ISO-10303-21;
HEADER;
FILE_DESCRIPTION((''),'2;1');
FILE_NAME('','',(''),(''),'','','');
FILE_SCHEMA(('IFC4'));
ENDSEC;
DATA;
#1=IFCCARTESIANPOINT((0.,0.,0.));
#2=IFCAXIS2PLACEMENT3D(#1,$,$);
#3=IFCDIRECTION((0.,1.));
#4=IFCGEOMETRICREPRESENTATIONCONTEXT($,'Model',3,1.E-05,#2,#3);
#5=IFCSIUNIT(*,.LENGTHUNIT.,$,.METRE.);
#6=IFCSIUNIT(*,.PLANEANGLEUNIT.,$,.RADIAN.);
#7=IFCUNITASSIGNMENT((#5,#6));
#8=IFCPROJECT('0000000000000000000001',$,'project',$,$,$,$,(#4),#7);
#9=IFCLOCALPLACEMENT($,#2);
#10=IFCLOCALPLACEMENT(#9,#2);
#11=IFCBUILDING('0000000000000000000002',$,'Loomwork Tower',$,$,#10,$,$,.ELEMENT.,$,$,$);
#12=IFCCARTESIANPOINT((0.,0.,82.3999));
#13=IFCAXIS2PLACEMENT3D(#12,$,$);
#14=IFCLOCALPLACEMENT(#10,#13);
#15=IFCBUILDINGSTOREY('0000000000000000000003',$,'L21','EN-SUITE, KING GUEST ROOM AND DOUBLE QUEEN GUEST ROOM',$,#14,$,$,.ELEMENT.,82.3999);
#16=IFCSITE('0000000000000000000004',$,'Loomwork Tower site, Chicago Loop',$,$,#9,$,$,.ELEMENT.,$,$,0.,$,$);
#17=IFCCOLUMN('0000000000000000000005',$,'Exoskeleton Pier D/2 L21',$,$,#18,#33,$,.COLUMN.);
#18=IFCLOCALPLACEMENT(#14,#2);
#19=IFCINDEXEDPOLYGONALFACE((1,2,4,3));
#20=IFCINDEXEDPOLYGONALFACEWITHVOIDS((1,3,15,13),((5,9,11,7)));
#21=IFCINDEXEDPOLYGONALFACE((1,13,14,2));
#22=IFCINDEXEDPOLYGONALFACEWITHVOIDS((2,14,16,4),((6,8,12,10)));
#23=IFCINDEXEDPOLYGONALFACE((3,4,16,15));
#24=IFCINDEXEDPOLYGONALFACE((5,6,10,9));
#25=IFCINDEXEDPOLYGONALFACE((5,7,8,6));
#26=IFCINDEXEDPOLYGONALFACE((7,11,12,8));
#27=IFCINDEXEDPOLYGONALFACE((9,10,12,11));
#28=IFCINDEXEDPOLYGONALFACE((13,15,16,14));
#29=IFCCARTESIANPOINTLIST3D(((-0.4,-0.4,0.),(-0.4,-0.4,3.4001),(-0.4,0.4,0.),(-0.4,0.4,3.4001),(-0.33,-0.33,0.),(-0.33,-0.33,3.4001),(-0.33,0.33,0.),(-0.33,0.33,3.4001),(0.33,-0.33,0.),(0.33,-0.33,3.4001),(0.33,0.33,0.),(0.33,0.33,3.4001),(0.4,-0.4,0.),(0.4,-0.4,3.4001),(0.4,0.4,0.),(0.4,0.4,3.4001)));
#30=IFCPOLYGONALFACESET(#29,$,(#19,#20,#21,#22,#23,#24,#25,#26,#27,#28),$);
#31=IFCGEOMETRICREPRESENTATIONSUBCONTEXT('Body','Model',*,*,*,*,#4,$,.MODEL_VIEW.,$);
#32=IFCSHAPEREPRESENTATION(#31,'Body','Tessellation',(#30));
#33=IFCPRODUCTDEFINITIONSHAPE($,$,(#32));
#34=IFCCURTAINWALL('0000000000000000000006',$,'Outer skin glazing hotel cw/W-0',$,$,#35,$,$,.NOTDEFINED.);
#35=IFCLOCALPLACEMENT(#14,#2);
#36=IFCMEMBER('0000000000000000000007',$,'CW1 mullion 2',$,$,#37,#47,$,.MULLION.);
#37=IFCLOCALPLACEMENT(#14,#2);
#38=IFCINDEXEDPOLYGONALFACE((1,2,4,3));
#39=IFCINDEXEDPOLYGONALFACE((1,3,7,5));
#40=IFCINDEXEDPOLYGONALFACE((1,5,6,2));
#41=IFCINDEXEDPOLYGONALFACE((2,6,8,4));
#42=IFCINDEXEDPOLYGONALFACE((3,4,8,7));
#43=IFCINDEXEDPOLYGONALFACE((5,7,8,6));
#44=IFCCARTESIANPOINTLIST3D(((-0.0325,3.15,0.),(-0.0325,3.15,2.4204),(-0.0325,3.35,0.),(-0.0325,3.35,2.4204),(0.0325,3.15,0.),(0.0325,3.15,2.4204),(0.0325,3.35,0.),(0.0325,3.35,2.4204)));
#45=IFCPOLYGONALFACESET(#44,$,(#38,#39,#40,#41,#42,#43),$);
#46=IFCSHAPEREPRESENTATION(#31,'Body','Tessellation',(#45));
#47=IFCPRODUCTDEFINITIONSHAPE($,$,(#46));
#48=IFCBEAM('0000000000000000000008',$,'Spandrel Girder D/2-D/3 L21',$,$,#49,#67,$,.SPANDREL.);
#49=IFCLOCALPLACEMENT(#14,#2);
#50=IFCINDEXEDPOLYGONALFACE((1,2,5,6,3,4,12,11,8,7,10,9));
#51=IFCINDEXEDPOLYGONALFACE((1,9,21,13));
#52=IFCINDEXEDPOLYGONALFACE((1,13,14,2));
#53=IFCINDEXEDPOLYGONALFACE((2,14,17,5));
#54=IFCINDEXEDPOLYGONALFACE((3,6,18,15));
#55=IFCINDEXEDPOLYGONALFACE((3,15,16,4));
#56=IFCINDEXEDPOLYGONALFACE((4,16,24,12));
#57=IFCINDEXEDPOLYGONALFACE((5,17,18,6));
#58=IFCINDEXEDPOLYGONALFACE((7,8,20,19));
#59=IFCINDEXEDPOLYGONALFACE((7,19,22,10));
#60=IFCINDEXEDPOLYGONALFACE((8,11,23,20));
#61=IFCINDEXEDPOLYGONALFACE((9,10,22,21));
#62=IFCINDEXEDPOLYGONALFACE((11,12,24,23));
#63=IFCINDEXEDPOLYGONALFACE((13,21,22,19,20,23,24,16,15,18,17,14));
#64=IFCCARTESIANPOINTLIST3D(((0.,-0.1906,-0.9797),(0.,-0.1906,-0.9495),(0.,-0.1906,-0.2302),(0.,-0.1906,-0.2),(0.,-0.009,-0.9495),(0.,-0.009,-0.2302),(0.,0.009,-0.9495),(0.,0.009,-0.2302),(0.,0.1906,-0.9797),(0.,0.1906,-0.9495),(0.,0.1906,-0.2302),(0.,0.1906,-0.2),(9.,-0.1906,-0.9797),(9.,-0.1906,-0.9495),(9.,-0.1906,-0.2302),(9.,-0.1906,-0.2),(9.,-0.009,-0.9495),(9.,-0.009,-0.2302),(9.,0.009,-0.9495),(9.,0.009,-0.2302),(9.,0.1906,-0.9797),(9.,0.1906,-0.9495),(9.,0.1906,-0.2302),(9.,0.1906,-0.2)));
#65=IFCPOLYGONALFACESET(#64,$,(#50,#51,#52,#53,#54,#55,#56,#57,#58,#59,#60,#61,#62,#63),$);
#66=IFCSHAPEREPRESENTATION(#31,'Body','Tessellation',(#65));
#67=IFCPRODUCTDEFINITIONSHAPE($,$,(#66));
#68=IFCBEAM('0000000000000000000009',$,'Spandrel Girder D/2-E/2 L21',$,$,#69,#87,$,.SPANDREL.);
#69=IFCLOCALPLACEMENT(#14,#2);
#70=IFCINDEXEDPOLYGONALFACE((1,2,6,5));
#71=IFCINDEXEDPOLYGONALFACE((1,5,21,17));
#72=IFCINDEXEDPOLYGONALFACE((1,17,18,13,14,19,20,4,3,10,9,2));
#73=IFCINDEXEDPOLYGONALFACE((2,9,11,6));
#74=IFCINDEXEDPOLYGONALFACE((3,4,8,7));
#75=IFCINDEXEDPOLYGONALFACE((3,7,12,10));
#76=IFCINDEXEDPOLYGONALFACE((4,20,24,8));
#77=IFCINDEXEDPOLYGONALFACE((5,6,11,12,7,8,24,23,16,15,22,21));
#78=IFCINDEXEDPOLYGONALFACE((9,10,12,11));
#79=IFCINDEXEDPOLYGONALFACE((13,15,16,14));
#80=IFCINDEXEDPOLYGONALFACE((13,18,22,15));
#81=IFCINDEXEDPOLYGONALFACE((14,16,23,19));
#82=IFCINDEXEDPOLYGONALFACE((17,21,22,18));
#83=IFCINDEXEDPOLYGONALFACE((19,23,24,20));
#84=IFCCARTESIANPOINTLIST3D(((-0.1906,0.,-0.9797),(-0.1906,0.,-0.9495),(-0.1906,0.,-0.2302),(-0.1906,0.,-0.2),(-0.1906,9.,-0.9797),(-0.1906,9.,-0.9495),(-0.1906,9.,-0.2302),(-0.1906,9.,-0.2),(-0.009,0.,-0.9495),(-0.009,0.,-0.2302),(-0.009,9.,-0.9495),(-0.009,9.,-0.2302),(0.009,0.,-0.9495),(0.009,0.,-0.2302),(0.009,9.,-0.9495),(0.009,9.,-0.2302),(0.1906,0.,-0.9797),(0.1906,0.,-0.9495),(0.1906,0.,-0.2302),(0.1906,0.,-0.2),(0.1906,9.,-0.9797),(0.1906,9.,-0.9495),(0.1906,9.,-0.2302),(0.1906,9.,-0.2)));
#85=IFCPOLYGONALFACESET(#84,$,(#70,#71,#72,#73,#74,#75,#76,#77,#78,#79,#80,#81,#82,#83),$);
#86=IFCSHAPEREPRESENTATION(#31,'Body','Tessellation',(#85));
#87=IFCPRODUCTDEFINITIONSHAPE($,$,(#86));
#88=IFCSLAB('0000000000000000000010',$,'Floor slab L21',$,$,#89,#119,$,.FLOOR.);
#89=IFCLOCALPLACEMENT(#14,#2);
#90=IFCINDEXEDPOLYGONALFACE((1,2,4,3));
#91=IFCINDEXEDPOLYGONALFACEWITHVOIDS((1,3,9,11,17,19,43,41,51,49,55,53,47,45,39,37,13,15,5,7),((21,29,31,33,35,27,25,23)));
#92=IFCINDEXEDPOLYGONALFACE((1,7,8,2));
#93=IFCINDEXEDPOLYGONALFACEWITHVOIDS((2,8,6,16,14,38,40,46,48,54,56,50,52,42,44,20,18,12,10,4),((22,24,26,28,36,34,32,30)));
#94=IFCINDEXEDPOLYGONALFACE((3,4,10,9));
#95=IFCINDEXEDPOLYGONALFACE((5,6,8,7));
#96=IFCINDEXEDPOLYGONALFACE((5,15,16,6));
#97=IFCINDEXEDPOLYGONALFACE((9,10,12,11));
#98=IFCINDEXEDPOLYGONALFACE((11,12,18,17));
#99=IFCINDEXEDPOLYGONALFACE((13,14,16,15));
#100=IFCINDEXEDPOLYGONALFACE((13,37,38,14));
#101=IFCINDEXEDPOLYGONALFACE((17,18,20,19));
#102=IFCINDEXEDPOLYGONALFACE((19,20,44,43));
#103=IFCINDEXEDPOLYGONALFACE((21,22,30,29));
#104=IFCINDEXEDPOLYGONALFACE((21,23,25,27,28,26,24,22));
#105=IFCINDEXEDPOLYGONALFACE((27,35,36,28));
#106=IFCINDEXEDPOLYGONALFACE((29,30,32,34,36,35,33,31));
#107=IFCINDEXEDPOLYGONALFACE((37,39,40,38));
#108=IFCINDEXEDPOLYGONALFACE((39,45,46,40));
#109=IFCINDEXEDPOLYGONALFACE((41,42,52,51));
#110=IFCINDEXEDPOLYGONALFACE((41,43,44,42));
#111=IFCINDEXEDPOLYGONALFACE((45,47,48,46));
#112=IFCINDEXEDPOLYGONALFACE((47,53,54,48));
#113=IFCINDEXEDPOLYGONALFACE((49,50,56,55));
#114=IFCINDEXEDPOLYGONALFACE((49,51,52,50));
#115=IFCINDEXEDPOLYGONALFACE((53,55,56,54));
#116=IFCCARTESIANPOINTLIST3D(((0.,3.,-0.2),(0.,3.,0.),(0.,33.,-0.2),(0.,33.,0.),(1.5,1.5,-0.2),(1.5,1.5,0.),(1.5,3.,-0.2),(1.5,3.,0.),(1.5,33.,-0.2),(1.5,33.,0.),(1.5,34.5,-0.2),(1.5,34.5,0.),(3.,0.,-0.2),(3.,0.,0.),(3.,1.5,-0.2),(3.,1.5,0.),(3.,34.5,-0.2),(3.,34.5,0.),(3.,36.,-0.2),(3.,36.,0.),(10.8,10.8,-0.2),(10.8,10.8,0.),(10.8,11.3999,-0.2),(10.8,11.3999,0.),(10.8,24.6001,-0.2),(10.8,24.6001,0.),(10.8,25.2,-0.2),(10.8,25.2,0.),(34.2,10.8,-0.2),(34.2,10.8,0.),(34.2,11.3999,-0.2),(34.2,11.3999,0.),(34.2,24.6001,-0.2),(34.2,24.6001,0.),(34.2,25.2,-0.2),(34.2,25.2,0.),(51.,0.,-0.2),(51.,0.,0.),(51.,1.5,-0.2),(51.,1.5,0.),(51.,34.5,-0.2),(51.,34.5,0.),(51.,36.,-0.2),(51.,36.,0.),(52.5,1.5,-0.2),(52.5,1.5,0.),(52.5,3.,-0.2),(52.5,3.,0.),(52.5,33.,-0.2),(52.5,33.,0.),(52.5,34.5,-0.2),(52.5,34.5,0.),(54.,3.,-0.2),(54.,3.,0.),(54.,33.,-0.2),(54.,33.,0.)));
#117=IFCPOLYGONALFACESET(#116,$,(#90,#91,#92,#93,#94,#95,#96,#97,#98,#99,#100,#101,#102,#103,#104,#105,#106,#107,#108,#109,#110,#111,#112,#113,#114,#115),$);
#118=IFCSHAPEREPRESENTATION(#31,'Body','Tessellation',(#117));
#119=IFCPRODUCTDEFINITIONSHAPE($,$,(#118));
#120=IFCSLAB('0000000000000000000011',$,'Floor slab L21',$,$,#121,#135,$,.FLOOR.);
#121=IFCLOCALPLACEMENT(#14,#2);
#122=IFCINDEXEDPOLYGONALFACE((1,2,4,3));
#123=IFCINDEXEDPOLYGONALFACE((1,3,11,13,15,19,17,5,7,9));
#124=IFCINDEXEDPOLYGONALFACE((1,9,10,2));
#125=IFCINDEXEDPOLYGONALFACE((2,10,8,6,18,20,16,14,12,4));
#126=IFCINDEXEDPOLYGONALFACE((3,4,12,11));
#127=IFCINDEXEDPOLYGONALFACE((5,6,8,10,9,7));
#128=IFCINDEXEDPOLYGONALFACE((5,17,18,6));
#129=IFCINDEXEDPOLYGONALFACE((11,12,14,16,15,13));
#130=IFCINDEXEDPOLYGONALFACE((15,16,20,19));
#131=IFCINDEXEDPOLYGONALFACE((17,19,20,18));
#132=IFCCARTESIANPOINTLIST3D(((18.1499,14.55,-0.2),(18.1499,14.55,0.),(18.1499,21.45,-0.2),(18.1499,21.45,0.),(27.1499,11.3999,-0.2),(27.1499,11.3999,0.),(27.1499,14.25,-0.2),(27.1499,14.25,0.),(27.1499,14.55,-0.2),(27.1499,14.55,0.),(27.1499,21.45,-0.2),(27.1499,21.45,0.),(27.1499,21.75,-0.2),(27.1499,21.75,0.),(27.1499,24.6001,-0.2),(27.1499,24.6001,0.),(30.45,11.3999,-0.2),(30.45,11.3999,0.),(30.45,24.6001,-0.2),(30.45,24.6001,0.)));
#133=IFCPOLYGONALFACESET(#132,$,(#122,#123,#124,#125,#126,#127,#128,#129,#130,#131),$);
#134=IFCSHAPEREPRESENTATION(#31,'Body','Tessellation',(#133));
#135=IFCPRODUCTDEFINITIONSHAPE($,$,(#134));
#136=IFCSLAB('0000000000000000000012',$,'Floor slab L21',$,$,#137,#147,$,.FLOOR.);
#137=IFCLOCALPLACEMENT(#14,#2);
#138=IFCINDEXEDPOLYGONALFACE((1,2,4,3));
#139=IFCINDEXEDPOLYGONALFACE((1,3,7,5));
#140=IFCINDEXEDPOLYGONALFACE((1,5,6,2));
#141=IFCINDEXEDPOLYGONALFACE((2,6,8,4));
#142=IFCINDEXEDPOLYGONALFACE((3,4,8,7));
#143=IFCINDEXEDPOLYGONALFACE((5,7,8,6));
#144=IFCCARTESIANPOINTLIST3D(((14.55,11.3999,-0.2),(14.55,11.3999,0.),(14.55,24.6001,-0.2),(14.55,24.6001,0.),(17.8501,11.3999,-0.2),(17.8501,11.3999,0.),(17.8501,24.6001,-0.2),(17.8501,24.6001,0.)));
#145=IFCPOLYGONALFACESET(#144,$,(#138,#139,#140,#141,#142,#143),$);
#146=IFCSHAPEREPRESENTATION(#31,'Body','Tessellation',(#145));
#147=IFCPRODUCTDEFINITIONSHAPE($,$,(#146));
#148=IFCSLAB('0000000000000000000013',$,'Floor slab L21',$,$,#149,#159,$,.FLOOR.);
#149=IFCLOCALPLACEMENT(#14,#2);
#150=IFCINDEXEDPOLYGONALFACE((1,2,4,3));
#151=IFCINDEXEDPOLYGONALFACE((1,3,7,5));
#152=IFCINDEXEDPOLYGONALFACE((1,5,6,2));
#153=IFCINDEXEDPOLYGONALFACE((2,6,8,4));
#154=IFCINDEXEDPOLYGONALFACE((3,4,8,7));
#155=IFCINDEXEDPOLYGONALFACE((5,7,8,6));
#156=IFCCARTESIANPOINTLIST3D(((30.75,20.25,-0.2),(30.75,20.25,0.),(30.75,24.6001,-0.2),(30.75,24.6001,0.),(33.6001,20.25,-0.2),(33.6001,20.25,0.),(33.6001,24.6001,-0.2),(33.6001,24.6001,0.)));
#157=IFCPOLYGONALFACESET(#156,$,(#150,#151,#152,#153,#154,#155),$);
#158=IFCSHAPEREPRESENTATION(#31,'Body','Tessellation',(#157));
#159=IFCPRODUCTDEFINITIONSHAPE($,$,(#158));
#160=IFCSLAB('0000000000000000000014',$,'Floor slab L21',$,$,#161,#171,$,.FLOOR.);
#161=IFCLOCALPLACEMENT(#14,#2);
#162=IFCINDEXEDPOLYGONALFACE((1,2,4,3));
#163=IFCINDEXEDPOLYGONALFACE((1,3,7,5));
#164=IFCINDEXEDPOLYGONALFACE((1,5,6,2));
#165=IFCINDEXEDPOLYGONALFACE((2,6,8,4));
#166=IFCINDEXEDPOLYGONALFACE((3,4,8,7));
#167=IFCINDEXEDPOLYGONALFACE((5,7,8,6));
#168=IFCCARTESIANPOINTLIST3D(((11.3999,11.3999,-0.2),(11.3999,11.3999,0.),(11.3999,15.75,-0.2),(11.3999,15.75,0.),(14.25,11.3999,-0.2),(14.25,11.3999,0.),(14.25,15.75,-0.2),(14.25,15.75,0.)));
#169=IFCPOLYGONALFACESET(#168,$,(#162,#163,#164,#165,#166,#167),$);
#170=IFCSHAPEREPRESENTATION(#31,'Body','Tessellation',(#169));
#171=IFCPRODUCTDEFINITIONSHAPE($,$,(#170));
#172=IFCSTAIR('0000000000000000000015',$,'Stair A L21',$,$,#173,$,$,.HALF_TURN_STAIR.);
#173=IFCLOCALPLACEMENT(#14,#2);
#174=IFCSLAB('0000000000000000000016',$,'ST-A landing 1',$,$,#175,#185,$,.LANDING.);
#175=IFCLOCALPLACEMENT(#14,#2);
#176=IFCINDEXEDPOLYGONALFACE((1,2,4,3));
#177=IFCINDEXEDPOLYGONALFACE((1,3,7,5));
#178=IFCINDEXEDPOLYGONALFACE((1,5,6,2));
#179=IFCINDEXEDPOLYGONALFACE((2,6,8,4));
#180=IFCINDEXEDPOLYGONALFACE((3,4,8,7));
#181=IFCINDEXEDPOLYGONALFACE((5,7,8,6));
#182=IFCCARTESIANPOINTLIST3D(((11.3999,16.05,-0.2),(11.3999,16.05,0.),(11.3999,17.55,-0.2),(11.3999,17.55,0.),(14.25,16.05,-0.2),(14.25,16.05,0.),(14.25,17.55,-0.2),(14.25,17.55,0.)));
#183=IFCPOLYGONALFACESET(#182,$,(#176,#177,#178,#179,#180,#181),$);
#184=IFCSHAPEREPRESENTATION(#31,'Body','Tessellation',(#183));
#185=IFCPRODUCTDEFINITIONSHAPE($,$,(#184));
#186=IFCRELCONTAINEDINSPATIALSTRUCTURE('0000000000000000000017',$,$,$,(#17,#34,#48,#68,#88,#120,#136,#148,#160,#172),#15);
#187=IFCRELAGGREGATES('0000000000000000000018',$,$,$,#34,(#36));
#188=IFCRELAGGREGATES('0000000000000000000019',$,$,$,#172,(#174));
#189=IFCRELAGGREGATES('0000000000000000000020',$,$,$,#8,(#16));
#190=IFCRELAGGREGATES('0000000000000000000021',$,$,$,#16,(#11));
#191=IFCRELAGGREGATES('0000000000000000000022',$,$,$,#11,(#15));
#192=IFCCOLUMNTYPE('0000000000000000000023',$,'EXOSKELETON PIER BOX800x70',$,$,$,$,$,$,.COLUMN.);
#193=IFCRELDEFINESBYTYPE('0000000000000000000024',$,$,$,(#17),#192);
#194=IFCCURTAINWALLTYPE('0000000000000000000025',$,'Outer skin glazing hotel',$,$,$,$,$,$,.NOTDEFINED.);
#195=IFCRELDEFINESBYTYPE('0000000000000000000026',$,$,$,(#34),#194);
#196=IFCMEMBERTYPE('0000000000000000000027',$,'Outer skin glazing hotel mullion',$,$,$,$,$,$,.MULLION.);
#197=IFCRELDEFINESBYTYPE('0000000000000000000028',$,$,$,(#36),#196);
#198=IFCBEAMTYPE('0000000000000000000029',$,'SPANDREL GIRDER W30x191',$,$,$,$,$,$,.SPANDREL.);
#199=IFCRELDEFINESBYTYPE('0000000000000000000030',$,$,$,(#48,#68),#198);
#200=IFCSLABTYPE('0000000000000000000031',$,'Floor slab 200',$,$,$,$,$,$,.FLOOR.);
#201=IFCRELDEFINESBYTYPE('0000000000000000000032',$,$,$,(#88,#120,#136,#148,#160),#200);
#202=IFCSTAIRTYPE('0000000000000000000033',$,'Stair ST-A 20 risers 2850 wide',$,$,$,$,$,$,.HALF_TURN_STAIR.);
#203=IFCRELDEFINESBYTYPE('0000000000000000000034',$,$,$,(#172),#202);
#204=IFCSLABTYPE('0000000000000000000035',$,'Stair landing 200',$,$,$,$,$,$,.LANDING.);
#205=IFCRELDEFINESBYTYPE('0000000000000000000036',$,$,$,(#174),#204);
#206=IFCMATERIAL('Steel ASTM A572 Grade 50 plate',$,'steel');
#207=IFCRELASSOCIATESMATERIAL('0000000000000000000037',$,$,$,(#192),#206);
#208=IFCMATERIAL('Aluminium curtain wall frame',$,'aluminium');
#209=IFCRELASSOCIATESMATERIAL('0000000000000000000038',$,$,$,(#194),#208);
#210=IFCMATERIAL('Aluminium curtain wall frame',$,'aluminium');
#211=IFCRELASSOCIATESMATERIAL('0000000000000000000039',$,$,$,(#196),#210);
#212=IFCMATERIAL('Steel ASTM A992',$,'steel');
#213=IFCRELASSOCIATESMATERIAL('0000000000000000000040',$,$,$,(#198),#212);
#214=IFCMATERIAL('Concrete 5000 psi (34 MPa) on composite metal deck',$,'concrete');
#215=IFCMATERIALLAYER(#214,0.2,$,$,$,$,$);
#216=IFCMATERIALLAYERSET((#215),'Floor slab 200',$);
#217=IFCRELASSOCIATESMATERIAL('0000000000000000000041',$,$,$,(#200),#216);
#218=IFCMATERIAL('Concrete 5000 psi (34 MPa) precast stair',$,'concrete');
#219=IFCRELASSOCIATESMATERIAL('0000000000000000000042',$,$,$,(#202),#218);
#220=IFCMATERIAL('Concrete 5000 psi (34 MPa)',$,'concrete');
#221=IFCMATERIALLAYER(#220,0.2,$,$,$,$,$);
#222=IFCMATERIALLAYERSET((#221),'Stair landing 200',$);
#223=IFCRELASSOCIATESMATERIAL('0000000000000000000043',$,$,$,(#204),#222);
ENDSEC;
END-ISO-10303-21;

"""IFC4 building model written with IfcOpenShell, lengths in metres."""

from ifc_helpers import new_model, si_unit, direction, frame, origin, origin_with_axes, origin_2d, place, context, subcontext, project, spatial, polyline, rectangle, hollow_rectangle, i_section, outline, extrude, material, layer, layer_set, material_profile, profile_set, type_object, element, aggregate, save


model = new_model("IFC4")

# Units and contexts
model_context = context("Model", 3, precision=1e-05, world=origin(), true_north=direction((0.0, 1.0)))
body_context = subcontext(model_context, "Body", "Model", "MODEL_VIEW")
ifc_project = project(units=[si_unit("LENGTHUNIT", "METRE"), si_unit("PLANEANGLEUNIT", "RADIAN")], contexts=[model_context])

# Site, building, storey
site_placement = place(None, origin())
site = spatial("IfcSite", under=ifc_project, at=site_placement, Name="Loomwork Tower site, Chicago Loop", CompositionType="ELEMENT", RefElevation=0.0)
building_placement = place(site_placement, origin())
building = spatial("IfcBuilding", under=site, at=building_placement, Name="Loomwork Tower", CompositionType="ELEMENT")
storey_placement = place(building_placement, frame((0.0, 0.0, 82.3999)))
storey = spatial("IfcBuildingStorey", under=building, at=storey_placement, Name="L21", Description="EN-SUITE, KING GUEST ROOM AND DOUBLE QUEEN GUEST ROOM", CompositionType="ELEMENT", Elevation=82.3999)

# Column
ifc_material_1 = material(Name="Steel ASTM A572 Grade 50 plate", Category="steel")
ifc_material_profile_1 = material_profile(ifc_material_1, hollow_rectangle(XDim=0.8, YDim=0.8, WallThickness=0.0701, at=origin_2d()), Name="BOX800x70")
ifc_profile_set_1 = profile_set([ifc_material_profile_1], Name="Steel ASTM A572 Grade 50 plate")
column_type = type_object("IfcColumnType", Name="EXOSKELETON PIER BOX800x70", PredefinedType="COLUMN", material=ifc_profile_set_1)
column_placement = place(storey_placement, origin_with_axes())
element("IfcColumn", 1, at=column_placement, inside=storey, type_object=column_type, Name="Exoskeleton Pier D/2 L21", PredefinedType="COLUMN", context=body_context, shape_type="SweptSolid", body=[
    extrude(hollow_rectangle(XDim=0.8, YDim=0.8, WallThickness=0.0701, at=origin_2d()), origin(), (0.0, 0.0, 1.0), 3.4001),
])

# Curtain wall, member
ifc_material_2 = material(Name="Aluminium curtain wall frame", Category="aluminium")
curtain_wall_type = type_object("IfcCurtainWallType", Name="Outer skin glazing hotel", PredefinedType="NOTDEFINED", material=ifc_material_2)
curtain_wall_placement = place(storey_placement, origin())
curtain_wall = element("IfcCurtainWall", 2, at=curtain_wall_placement, inside=storey, type_object=curtain_wall_type, Name="Outer skin glazing hotel cw/W-0", PredefinedType="NOTDEFINED")
ifc_material_3 = material(Name="Aluminium curtain wall frame", Category="aluminium")
ifc_material_profile_2 = material_profile(ifc_material_3, rectangle(XDim=0.0649, YDim=0.2, at=origin_2d()), Name="AL 65x200")
ifc_profile_set_2 = profile_set([ifc_material_profile_2], Name="Aluminium curtain wall frame")
member_type = type_object("IfcMemberType", Name="Outer skin glazing hotel mullion", PredefinedType="MULLION", material=ifc_profile_set_2)
member_placement = place(storey_placement, frame((0.0, 3.25, 0.0), z_axis=(0.0, 0.0, 1.0), x_axis=(1.0, 0.0, 0.0)))
member = element("IfcMember", 3, at=member_placement, type_object=member_type, Name="CW1 mullion 2", PredefinedType="MULLION", context=body_context, shape_type="SweptSolid", body=[
    extrude(rectangle(XDim=0.0649, YDim=0.2, at=origin_2d()), origin(), (0.0, 0.0, 1.0), 2.4204),
])
aggregate(curtain_wall, [member])

# Beams
ifc_material_4 = material(Name="Steel ASTM A992", Category="steel")
ifc_material_profile_3 = material_profile(ifc_material_4, i_section(OverallWidth=0.3811, OverallDepth=0.7798, WebThickness=0.0181, FlangeThickness=0.0303, at=origin_2d()), Name="W30x191")
ifc_profile_set_3 = profile_set([ifc_material_profile_3], Name="Steel ASTM A992")
beam_type = type_object("IfcBeamType", Name="SPANDREL GIRDER W30x191", PredefinedType="SPANDREL", material=ifc_profile_set_3)
for number, where, z_axis, x_axis, name in (
    (4, (0.0, 0.0, -0.5898), (1.0, 0.0, 0.0), (0.0, 1.0, 0.0), "Spandrel Girder D/2-D/3 L21"),
    (5, (0.0, 0.0, -0.5898), (0.0, 1.0, 0.0), (-1.0, 0.0, 0.0), "Spandrel Girder D/2-E/2 L21"),
):
    element("IfcBeam", number, at=place(storey_placement, frame(where, z_axis=z_axis, x_axis=x_axis)), inside=storey, type_object=beam_type, Name=name, PredefinedType="SPANDREL", context=body_context, shape_type="SweptSolid", body=[
        extrude(i_section(OverallWidth=0.3811, OverallDepth=0.7798, WebThickness=0.0181, FlangeThickness=0.0303, at=origin_2d()), origin(), (0.0, 0.0, 1.0), 9.0),
    ])

# Slabs
ifc_material_5 = material(Name="Concrete 5000 psi (34 MPa) on composite metal deck", Category="concrete")
ifc_layer_1 = layer(ifc_material_5, 0.2)
ifc_layer_set_1 = layer_set([ifc_layer_1], Name="Floor slab 200")
slab_type_1 = type_object("IfcSlabType", Name="Floor slab 200", PredefinedType="FLOOR", material=ifc_layer_set_1)
slab_1_placement = place(storey_placement, frame((0.0, 0.0, -0.2)))
element("IfcSlab", 6, at=slab_1_placement, inside=storey, type_object=slab_type_1, Name="Floor slab L21", PredefinedType="FLOOR", context=body_context, shape_type="SweptSolid", body=[
    extrude(outline(polyline([(3.0, 1.5), (1.5, 1.5), (1.5, 3.0), (0.0, 3.0), (0.0, 33.0), (1.5, 33.0), (1.5, 34.5), (3.0, 34.5), (3.0, 36.0), (51.0, 36.0), (51.0, 34.5), (52.5, 34.5), (52.5, 33.0), (54.0, 33.0), (54.0, 3.0), (52.5, 3.0), (52.5, 1.5), (51.0, 1.5), (51.0, 0.0), (3.0, 0.0), (3.0, 1.5)]), holes=[polyline([(10.8, 11.3999), (10.8, 11.3999), (10.8, 10.8), (34.2, 10.8), (34.2, 11.3999), (34.2, 11.3999), (34.2, 24.6001), (34.2, 25.2), (10.8, 25.2), (10.8, 24.6001), (10.8, 11.3999)])]), origin(), (0.0, 0.0, 1.0), 0.2),
])
slab_2_placement = place(storey_placement, frame((0.0, 0.0, -0.2)))
element("IfcSlab", 7, at=slab_2_placement, inside=storey, type_object=slab_type_1, Name="Floor slab L21", PredefinedType="FLOOR", context=body_context, shape_type="SweptSolid", body=[
    extrude(outline(polyline([(30.45, 24.6001), (30.45, 11.3999), (27.1499, 11.3999), (27.1499, 14.25), (27.1499, 14.55), (18.1499, 14.55), (18.1499, 21.45), (27.1499, 21.45), (27.1499, 21.75), (27.1499, 24.6001), (30.45, 24.6001)])), origin(), (0.0, 0.0, 1.0), 0.2),
])
slab_3_placement = place(storey_placement, frame((0.0, 0.0, -0.2)))
element("IfcSlab", 8, at=slab_3_placement, inside=storey, type_object=slab_type_1, Name="Floor slab L21", PredefinedType="FLOOR", context=body_context, shape_type="SweptSolid", body=[
    extrude(outline(polyline([(14.55, 11.3999), (14.55, 24.6001), (17.8501, 24.6001), (17.8501, 11.3999), (14.55, 11.3999)])), origin(), (0.0, 0.0, 1.0), 0.2),
])
slab_4_placement = place(storey_placement, frame((0.0, 0.0, -0.2)))
element("IfcSlab", 9, at=slab_4_placement, inside=storey, type_object=slab_type_1, Name="Floor slab L21", PredefinedType="FLOOR", context=body_context, shape_type="SweptSolid", body=[
    extrude(outline(polyline([(33.6001, 20.25), (30.75, 20.25), (30.75, 24.6001), (33.6001, 24.6001), (33.6001, 20.25)])), origin(), (0.0, 0.0, 1.0), 0.2),
])
slab_5_placement = place(storey_placement, frame((0.0, 0.0, -0.2)))
element("IfcSlab", 10, at=slab_5_placement, inside=storey, type_object=slab_type_1, Name="Floor slab L21", PredefinedType="FLOOR", context=body_context, shape_type="SweptSolid", body=[
    extrude(outline(polyline([(14.25, 15.75), (14.25, 11.3999), (11.3999, 11.3999), (11.3999, 15.75), (14.25, 15.75)])), origin(), (0.0, 0.0, 1.0), 0.2),
])

# Stair, slab
ifc_material_6 = material(Name="Concrete 5000 psi (34 MPa) precast stair", Category="concrete")
stair_type_1 = type_object("IfcStairType", Name="Stair ST-A 20 risers 2850 wide", PredefinedType="HALF_TURN_STAIR", material=ifc_material_6)
stair_1_placement = place(storey_placement, origin())
stair_1 = element("IfcStair", 11, at=stair_1_placement, inside=storey, type_object=stair_type_1, Name="Stair A L21", PredefinedType="HALF_TURN_STAIR")
ifc_material_7 = material(Name="Concrete 5000 psi (34 MPa)", Category="concrete")
ifc_layer_2 = layer(ifc_material_7, 0.2)
ifc_layer_set_2 = layer_set([ifc_layer_2], Name="Stair landing 200")
slab_type_2 = type_object("IfcSlabType", Name="Stair landing 200", PredefinedType="LANDING", material=ifc_layer_set_2)
slab_6_placement = place(storey_placement, frame((0.0, 0.0, -0.2)))
slab_6 = element("IfcSlab", 12, at=slab_6_placement, type_object=slab_type_2, Name="ST-A landing 1", PredefinedType="LANDING", context=body_context, shape_type="SweptSolid", body=[
    extrude(outline(polyline([(11.3999, 16.05), (14.25, 16.05), (14.25, 17.55), (11.3999, 17.55), (11.3999, 16.05)])), origin(), (0.0, 0.0, 1.0), 0.2),
])
aggregate(stair_1, [slab_6])

save(model, "model.ifc")
